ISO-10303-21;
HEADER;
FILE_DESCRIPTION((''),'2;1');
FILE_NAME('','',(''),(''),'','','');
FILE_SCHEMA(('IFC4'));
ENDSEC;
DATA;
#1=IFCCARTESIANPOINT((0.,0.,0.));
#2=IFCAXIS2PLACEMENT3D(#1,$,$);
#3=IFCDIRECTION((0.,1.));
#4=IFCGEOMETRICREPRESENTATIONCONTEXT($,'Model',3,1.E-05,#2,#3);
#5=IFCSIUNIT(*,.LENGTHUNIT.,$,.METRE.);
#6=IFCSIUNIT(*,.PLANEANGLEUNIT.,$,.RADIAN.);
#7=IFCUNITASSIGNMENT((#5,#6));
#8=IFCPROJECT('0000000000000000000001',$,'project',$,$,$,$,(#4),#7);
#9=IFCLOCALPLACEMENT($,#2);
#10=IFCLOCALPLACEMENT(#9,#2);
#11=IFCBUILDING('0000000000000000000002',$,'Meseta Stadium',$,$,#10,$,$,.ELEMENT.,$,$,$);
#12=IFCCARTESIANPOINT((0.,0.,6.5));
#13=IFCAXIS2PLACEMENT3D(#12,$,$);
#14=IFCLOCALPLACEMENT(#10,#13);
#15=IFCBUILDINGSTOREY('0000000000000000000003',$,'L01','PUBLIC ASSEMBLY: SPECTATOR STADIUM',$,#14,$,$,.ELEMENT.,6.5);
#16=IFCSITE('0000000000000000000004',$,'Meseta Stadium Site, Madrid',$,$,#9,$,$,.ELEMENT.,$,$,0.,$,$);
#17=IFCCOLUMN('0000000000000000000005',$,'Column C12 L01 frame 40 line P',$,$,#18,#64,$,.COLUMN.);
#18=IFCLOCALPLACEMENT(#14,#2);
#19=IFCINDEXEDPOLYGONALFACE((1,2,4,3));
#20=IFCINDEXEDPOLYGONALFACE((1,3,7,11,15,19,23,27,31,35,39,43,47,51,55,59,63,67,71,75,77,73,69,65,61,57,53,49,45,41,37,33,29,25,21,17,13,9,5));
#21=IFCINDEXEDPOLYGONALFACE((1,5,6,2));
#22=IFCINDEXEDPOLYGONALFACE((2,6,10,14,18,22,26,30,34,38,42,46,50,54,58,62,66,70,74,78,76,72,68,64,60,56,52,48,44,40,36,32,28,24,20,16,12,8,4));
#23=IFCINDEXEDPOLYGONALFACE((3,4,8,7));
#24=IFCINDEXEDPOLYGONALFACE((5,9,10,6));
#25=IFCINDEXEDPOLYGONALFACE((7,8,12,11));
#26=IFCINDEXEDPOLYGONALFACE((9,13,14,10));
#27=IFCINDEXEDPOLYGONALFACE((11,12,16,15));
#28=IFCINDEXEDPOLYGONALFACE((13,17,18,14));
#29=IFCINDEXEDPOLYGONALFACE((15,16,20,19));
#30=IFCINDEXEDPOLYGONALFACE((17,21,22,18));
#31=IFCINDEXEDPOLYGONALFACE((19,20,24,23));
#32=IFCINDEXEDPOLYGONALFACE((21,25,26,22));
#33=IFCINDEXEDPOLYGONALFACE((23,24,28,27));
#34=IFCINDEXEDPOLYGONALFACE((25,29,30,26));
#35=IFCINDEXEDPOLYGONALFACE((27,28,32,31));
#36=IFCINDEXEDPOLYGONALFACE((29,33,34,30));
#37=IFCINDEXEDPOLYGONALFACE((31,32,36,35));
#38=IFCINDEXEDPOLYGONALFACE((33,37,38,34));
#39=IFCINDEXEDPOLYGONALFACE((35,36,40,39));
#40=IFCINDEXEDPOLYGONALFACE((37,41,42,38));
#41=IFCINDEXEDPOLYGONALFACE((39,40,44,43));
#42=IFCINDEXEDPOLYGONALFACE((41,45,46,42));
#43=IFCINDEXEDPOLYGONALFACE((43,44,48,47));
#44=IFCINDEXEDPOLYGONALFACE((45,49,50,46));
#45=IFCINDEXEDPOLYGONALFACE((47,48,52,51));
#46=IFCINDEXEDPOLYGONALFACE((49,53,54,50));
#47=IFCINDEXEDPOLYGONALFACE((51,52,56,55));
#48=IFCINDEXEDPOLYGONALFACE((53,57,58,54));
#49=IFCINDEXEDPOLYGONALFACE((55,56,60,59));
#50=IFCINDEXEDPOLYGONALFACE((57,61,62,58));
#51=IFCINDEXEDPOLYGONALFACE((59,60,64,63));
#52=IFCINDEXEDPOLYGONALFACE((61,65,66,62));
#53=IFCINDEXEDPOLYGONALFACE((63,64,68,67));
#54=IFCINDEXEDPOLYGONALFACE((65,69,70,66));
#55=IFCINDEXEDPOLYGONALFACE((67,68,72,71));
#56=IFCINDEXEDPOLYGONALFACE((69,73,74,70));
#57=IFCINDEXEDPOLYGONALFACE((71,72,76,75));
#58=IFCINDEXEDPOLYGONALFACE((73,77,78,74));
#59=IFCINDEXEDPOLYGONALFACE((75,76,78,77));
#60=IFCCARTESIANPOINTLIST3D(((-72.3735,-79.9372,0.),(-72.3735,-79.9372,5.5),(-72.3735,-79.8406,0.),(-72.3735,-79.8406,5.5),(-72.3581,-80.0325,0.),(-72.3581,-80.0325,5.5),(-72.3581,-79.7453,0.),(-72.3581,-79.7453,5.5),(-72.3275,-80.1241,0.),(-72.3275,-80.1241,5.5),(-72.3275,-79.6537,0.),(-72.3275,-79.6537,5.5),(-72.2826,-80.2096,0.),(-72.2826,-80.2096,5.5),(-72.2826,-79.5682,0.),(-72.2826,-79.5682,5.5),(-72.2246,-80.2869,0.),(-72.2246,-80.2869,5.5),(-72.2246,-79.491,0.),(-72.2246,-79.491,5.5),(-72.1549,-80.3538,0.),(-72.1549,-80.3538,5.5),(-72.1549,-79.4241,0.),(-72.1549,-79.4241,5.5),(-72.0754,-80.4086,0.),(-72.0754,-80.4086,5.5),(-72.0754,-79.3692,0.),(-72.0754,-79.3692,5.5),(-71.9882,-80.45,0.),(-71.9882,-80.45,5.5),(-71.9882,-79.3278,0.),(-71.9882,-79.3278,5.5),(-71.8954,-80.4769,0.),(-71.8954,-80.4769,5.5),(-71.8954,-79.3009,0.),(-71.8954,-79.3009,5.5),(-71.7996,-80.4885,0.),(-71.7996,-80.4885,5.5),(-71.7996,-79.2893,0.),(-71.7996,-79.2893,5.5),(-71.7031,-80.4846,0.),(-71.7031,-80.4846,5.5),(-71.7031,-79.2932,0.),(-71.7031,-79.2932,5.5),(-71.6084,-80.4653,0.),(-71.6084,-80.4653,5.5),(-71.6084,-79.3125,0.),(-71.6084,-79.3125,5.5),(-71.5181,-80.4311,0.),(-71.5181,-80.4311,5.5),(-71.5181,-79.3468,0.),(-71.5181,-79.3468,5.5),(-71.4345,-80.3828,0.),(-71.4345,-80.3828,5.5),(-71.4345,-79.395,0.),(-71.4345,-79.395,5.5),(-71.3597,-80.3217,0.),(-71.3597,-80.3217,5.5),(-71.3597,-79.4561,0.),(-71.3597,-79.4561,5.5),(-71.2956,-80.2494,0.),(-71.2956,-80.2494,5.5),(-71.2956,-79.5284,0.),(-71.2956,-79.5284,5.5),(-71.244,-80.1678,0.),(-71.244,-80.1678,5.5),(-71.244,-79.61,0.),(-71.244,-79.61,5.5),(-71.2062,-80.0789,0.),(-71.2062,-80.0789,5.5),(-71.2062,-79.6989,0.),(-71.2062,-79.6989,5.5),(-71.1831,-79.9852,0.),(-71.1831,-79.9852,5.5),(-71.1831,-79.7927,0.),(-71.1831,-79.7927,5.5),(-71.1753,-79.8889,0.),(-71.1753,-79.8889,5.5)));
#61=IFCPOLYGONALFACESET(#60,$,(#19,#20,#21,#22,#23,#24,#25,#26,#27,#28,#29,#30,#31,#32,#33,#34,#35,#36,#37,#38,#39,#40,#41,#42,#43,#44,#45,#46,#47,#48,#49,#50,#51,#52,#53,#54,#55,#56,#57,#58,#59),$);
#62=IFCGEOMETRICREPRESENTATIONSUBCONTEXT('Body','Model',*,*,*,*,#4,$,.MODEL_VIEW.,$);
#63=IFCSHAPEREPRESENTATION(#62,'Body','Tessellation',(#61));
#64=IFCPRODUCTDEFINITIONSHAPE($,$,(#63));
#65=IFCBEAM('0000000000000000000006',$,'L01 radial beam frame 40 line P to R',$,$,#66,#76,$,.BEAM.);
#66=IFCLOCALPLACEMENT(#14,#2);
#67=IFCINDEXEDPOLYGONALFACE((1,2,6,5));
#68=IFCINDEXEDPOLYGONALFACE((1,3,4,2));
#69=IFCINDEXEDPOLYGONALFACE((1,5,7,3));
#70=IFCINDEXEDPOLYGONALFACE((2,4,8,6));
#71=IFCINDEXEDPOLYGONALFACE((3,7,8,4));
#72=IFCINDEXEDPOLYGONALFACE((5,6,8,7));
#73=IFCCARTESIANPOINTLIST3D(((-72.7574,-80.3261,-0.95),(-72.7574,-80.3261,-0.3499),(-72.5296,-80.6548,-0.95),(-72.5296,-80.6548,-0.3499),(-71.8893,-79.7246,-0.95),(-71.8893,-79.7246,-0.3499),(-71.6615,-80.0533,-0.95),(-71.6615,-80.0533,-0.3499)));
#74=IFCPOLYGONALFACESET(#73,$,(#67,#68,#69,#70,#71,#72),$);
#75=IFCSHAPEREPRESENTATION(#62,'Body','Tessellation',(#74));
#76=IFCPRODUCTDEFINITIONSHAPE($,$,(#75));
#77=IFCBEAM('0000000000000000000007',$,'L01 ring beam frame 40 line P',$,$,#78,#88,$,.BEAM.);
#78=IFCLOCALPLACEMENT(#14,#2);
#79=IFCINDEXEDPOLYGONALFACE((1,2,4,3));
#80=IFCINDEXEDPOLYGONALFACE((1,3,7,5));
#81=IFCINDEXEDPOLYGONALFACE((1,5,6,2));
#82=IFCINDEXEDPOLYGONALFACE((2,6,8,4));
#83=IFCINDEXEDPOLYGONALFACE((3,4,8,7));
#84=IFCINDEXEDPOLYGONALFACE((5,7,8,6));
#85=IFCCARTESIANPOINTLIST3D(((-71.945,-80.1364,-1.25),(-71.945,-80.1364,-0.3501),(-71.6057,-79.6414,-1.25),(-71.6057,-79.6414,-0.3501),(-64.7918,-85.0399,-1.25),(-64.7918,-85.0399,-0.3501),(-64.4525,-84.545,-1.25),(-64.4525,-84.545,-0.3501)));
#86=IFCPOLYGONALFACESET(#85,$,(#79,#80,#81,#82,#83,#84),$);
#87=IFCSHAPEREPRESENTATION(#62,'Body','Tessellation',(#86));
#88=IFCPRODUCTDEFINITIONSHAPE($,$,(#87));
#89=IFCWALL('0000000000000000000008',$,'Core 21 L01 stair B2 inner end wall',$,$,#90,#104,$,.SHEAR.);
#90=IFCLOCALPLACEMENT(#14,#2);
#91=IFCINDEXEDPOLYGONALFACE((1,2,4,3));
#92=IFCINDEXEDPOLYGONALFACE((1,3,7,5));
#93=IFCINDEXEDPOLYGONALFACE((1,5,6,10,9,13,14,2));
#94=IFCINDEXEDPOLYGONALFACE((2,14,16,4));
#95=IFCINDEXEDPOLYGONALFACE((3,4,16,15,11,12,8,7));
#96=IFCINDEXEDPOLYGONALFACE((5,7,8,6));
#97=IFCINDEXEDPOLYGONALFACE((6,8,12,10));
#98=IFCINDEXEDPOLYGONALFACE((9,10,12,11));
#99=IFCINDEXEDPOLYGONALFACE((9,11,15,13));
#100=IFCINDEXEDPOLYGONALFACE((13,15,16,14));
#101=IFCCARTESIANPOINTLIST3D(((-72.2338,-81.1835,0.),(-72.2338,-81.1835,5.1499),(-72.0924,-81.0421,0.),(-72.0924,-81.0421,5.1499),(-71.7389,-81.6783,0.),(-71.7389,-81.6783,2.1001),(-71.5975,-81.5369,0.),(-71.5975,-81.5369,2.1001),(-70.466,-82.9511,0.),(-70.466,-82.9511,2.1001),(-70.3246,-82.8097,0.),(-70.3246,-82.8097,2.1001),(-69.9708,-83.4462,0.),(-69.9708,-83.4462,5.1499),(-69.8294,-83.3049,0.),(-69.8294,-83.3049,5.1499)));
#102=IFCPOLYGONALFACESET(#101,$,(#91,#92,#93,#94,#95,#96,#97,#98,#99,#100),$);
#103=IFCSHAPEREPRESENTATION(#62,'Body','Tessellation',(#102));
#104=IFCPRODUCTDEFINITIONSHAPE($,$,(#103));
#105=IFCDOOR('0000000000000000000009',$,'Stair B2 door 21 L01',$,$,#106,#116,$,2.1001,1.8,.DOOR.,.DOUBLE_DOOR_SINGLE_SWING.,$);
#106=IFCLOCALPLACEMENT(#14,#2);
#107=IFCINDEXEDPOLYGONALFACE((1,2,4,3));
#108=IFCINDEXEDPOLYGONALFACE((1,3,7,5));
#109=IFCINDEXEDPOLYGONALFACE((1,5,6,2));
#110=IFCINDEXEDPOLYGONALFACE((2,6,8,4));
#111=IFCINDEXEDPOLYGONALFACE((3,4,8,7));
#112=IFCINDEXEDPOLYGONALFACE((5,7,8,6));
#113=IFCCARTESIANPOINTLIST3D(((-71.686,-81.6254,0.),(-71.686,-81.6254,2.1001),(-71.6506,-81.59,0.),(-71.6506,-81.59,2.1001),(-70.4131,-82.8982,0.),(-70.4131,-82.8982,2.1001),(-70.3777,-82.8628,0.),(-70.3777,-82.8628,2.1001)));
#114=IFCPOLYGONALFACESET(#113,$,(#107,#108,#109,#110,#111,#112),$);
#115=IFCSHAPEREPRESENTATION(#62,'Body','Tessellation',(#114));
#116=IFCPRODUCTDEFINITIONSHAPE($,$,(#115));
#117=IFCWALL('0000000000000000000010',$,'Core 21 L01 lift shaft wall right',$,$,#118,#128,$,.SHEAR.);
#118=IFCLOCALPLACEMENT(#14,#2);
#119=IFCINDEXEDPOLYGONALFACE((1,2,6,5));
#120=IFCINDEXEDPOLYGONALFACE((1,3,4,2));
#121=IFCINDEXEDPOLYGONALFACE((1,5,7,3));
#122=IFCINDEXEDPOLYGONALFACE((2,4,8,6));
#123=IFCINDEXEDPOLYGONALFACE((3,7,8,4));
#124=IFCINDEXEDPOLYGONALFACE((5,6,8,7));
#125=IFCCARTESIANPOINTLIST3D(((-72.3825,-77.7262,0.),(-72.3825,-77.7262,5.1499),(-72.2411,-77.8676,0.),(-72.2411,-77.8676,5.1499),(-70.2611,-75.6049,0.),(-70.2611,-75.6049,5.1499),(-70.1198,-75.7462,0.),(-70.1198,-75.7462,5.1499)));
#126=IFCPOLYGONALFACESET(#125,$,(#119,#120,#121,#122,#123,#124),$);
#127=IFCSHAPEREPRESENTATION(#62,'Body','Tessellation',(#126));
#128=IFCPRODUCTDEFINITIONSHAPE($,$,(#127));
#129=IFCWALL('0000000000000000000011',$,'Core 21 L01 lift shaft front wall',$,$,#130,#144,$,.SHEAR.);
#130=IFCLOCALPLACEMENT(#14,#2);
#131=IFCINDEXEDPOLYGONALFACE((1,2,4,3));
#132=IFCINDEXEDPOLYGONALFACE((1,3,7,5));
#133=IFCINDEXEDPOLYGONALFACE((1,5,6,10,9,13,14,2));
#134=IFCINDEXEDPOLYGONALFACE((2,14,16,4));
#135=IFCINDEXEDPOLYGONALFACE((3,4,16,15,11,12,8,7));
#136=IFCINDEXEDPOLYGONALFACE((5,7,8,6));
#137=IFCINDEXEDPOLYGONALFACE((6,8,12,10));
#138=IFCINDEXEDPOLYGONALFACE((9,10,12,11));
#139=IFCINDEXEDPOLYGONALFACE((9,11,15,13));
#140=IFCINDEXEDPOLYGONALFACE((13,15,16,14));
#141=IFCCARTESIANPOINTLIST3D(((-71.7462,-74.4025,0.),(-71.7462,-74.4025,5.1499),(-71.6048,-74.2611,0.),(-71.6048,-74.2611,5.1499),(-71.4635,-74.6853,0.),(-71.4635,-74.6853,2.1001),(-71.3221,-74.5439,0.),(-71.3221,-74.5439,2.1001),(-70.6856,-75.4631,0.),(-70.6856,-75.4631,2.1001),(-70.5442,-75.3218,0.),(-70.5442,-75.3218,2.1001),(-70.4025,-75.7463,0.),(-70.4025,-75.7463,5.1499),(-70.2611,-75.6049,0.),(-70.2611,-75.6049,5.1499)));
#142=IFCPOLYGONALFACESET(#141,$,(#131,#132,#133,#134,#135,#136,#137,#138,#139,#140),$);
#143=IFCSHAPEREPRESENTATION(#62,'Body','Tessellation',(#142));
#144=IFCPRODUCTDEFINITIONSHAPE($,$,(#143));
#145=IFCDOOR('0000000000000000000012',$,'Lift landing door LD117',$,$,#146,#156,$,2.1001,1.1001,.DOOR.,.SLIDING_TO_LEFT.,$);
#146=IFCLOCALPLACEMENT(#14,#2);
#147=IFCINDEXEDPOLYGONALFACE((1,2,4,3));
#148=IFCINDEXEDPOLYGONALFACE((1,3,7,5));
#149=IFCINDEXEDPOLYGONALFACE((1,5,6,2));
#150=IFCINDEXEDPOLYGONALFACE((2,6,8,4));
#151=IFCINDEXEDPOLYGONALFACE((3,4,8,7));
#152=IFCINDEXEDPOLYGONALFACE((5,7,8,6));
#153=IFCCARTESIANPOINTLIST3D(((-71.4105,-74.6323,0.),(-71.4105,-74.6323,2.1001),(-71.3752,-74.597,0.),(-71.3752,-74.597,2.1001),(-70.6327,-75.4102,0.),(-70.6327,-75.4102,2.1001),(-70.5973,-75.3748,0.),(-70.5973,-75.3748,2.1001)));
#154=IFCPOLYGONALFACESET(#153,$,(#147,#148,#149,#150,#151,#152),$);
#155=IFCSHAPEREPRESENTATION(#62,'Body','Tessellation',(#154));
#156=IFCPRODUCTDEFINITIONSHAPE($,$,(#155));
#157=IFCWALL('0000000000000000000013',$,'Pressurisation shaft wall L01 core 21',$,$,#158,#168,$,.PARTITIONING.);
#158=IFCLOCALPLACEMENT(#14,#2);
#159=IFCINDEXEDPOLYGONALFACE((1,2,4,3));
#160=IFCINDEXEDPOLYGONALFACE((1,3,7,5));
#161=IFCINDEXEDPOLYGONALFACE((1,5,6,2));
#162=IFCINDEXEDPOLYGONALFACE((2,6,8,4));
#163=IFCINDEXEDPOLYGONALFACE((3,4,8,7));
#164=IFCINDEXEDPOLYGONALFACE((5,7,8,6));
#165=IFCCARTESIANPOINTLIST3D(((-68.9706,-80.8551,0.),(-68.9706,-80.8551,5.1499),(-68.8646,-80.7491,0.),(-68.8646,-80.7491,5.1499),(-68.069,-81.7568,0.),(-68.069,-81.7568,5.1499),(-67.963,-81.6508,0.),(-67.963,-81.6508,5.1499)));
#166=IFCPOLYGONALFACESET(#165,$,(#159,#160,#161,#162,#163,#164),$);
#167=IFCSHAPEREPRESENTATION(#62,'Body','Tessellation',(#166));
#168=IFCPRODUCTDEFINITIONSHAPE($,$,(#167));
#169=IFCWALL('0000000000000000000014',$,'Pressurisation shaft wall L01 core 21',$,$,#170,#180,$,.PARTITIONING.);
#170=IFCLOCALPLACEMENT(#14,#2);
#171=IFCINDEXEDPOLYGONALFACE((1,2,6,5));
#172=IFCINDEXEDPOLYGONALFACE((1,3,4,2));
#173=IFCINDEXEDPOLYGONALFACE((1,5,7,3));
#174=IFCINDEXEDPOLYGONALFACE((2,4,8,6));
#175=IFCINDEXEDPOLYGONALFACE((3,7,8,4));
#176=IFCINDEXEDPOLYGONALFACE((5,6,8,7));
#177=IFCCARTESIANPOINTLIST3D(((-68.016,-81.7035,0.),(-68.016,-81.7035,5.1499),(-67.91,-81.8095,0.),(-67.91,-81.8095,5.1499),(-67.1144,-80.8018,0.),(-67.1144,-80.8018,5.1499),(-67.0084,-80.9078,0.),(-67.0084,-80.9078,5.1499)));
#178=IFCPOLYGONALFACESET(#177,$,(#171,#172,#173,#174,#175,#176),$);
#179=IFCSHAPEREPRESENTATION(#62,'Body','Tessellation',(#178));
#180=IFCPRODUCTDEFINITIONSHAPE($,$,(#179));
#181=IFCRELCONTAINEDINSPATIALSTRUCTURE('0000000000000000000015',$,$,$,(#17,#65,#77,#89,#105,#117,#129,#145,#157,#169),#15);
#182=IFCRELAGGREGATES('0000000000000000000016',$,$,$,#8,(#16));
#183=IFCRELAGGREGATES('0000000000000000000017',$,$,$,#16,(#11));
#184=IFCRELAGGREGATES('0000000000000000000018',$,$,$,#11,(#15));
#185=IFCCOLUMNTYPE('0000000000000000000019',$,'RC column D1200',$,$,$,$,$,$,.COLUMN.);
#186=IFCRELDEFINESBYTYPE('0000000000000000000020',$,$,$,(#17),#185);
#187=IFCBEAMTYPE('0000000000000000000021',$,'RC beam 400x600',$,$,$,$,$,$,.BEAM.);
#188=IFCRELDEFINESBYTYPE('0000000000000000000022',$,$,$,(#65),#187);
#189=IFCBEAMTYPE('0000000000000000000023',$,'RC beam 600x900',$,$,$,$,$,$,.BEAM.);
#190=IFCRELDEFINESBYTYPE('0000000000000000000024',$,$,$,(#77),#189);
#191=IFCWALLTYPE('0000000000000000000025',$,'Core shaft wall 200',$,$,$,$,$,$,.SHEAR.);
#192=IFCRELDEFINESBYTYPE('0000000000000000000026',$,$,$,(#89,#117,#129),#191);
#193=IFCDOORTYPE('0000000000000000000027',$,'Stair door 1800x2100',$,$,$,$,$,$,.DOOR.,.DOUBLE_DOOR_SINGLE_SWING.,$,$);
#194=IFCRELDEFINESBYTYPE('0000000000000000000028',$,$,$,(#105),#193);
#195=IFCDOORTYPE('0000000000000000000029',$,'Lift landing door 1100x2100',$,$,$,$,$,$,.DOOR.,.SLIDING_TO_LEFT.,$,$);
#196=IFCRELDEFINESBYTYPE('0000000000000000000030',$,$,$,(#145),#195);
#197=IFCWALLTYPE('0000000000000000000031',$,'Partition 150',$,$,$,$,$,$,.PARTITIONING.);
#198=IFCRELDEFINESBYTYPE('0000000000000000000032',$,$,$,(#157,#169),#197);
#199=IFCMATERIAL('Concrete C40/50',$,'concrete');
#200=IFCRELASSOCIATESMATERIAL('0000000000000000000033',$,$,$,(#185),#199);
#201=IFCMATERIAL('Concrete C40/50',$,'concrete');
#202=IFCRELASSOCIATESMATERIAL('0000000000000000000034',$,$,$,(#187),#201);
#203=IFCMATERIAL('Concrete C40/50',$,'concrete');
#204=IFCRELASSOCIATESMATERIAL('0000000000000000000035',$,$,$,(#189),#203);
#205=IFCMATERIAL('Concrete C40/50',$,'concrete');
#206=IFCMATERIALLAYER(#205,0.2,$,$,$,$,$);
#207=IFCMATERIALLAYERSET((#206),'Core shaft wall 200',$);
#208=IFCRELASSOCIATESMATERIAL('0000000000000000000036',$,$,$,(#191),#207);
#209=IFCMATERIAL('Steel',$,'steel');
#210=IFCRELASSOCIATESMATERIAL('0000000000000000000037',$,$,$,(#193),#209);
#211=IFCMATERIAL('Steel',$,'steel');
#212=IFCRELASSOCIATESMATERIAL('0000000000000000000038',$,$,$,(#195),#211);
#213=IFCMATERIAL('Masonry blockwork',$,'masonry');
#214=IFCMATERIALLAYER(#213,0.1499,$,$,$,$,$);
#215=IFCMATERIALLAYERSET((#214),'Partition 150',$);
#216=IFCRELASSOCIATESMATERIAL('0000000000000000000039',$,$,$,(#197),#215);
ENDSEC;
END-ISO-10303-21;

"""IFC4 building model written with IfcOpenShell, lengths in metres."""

from ifc_helpers import new_model, si_unit, direction, frame, frame_2d, origin, origin_2d, place, context, subcontext, project, spatial, rectangle, circle, extrude, material, layer, layer_set, material_profile, profile_set, type_object, element, fill, save


model = new_model("IFC4")

# Units and contexts
model_context = context("Model", 3, precision=1e-05, world=origin(), true_north=direction((0.0, 1.0)))
body_context = subcontext(model_context, "Body", "Model", "MODEL_VIEW")
ifc_project = project(units=[si_unit("LENGTHUNIT", "METRE"), si_unit("PLANEANGLEUNIT", "RADIAN")], contexts=[model_context])

# Site, building, storey
site_placement = place(None, origin())
site = spatial("IfcSite", under=ifc_project, at=site_placement, Name="Meseta Stadium Site, Madrid", CompositionType="ELEMENT", RefElevation=0.0)
building_placement = place(site_placement, origin())
building = spatial("IfcBuilding", under=site, at=building_placement, Name="Meseta Stadium", CompositionType="ELEMENT")
storey_placement = place(building_placement, frame((0.0, 0.0, 6.5)))
storey = spatial("IfcBuildingStorey", under=building, at=storey_placement, Name="L01", Description="PUBLIC ASSEMBLY: SPECTATOR STADIUM", CompositionType="ELEMENT", Elevation=6.5)

# Column
ifc_material_1 = material(Name="Concrete C40/50", Category="concrete")
ifc_material_profile_1 = material_profile(ifc_material_1, circle(Radius=0.6001, at=origin_2d()), Name="RC D1200")
ifc_profile_set_1 = profile_set([ifc_material_profile_1], Name="Concrete C40/50")
column_type = type_object("IfcColumnType", Name="RC column D1200", PredefinedType="COLUMN", material=ifc_profile_set_1)
column_placement = place(storey_placement, frame((-71.7754, -79.8889, 0.0), z_axis=(0.0, 0.0, 1.0), x_axis=(1.0, 0.0, 0.0)))
element("IfcColumn", 1, at=column_placement, inside=storey, type_object=column_type, Name="Column C12 L01 frame 40 line P", PredefinedType="COLUMN", context=body_context, shape_type="SweptSolid", body=[
    extrude(circle(Radius=0.6001, at=origin_2d()), origin(), (0.0, 0.0, 1.0), 5.5),
])

# Beams
ifc_material_2 = material(Name="Concrete C40/50", Category="concrete")
ifc_material_profile_2 = material_profile(ifc_material_2, rectangle(XDim=0.3999, YDim=0.6001, at=origin_2d()), Name="RC 400x600")
ifc_profile_set_2 = profile_set([ifc_material_profile_2], Name="Concrete C40/50")
beam_type_1 = type_object("IfcBeamType", Name="RC beam 400x600", PredefinedType="BEAM", material=ifc_profile_set_2)
beam_1_placement = place(storey_placement, frame((-71.7754, -79.8889, -0.6499), z_axis=(-0.821959, -0.569546, 0.0), x_axis=(0.569546, -0.821959, 0.0)))
element("IfcBeam", 2, at=beam_1_placement, inside=storey, type_object=beam_type_1, Name="L01 radial beam frame 40 line P to R", PredefinedType="BEAM", context=body_context, shape_type="SweptSolid", body=[
    extrude(rectangle(XDim=0.3999, YDim=0.6001, at=origin_2d()), origin(), (0.0, 0.0, 1.0), 1.0562),
])
ifc_material_3 = material(Name="Concrete C40/50", Category="concrete")
ifc_material_profile_3 = material_profile(ifc_material_3, rectangle(XDim=0.6001, YDim=0.8999, at=origin_2d()), Name="RC 600x900")
ifc_profile_set_3 = profile_set([ifc_material_profile_3], Name="Concrete C40/50")
beam_type_2 = type_object("IfcBeamType", Name="RC beam 600x900", PredefinedType="BEAM", material=ifc_profile_set_3)
beam_2_placement = place(storey_placement, frame((-71.7754, -79.8889, -0.8), z_axis=(0.824813, -0.565405, 0.0), x_axis=(0.565405, 0.824813, 0.0)))
element("IfcBeam", 3, at=beam_2_placement, inside=storey, type_object=beam_type_2, Name="L01 ring beam frame 40 line P", PredefinedType="BEAM", context=body_context, shape_type="SweptSolid", body=[
    extrude(rectangle(XDim=0.6001, YDim=0.8999, at=origin_2d()), origin(), (0.0, 0.0, 1.0), 8.6726),
])

# Wall, opening, door
ifc_material_4 = material(Name="Concrete C40/50", Category="concrete")
ifc_layer_1 = layer(ifc_material_4, 0.2)
ifc_layer_set_1 = layer_set([ifc_layer_1], Name="Core shaft wall 200")
wall_type_1 = type_object("IfcWallType", Name="Core shaft wall 200", PredefinedType="SHEAR", material=ifc_layer_set_1)
wall_1_placement = place(storey_placement, frame((-72.1631, -81.1128, 0.0), z_axis=(0.0, 0.0, 1.0), x_axis=(0.707145, -0.707069, 0.0)))
wall_1 = element("IfcWall", 4, at=wall_1_placement, inside=storey, type_object=wall_type_1, Name="Core 21 L01 stair B2 inner end wall", PredefinedType="SHEAR", context=body_context, shape_type="SweptSolid", body=[
    extrude(rectangle(XDim=3.2002, YDim=0.2, at=frame_2d((1.6001, 0.0))), origin(), (0.0, 0.0, 1.0), 5.1499),
])
opening_1_placement = place(wall_1_placement, frame((0.7, 0.0, 0.0)))
opening_1 = element("IfcOpeningElement", 5, at=opening_1_placement, cuts=wall_1, PredefinedType="OPENING", context=body_context, shape_type="SweptSolid", body=[
    extrude(rectangle(XDim=1.8, YDim=2.1001, at=frame_2d((0.8999, 1.05))), frame((0.0, 0.1099, 0.0), z_axis=(0.0, -1.0, 0.0), x_axis=(1.0, 0.0, 0.0)), (0.0, 0.0, 1.0), 0.22),
])
ifc_material_5 = material(Name="Steel", Category="steel")
door_type_1 = type_object("IfcDoorType", Name="Stair door 1800x2100", OperationType="DOUBLE_DOOR_SINGLE_SWING", PredefinedType="DOOR", material=ifc_material_5)
door_1_placement = place(opening_1_placement, origin())
door_1 = element("IfcDoor", 6, at=door_1_placement, inside=storey, type_object=door_type_1, Name="Stair B2 door 21 L01", OperationType="DOUBLE_DOOR_SINGLE_SWING", OverallHeight=2.1001, OverallWidth=1.8, PredefinedType="DOOR", context=body_context, shape_type="SweptSolid", body=[
    extrude(rectangle(XDim=1.8, YDim=2.1001, at=frame_2d((0.8999, 1.05))), frame((0.0, 0.0249, 0.0), z_axis=(0.0, -1.0, 0.0), x_axis=(1.0, 0.0, 0.0)), (0.0, 0.0, 1.0), 0.05),
])
fill(opening_1, door_1)

# Wall
wall_2_placement = place(storey_placement, frame((-72.3118, -77.7969, 0.0), z_axis=(0.0, 0.0, 1.0), x_axis=(0.707107, 0.707107, 0.0)))
element("IfcWall", 7, at=wall_2_placement, inside=storey, type_object=wall_type_1, Name="Core 21 L01 lift shaft wall right", PredefinedType="SHEAR", context=body_context, shape_type="SweptSolid", body=[
    extrude(rectangle(XDim=3.0, YDim=0.2, at=frame_2d((1.5, 0.0))), origin(), (0.0, 0.0, 1.0), 5.1499),
])

# Wall, opening, door
wall_3_placement = place(storey_placement, frame((-71.6755, -74.3318, 0.0), z_axis=(0.0, 0.0, 1.0), x_axis=(0.707107, -0.707107, 0.0)))
wall_3 = element("IfcWall", 8, at=wall_3_placement, inside=storey, type_object=wall_type_1, Name="Core 21 L01 lift shaft front wall", PredefinedType="SHEAR", context=body_context, shape_type="SweptSolid", body=[
    extrude(rectangle(XDim=1.9004, YDim=0.2, at=frame_2d((0.9502, 0.0))), origin(), (0.0, 0.0, 1.0), 5.1499),
])
opening_2_placement = place(wall_3_placement, frame((0.3999, 0.0, 0.0)))
opening_2 = element("IfcOpeningElement", 9, at=opening_2_placement, cuts=wall_3, PredefinedType="OPENING", context=body_context, shape_type="SweptSolid", body=[
    extrude(rectangle(XDim=1.1001, YDim=2.1001, at=frame_2d((0.55, 1.05))), frame((0.0, 0.1099, 0.0), z_axis=(0.0, -1.0, 0.0), x_axis=(1.0, 0.0, 0.0)), (0.0, 0.0, 1.0), 0.22),
])
ifc_material_6 = material(Name="Steel", Category="steel")
door_type_2 = type_object("IfcDoorType", Name="Lift landing door 1100x2100", OperationType="SLIDING_TO_LEFT", PredefinedType="DOOR", material=ifc_material_6)
door_2_placement = place(opening_2_placement, origin())
door_2 = element("IfcDoor", 10, at=door_2_placement, inside=storey, type_object=door_type_2, Name="Lift landing door LD117", OperationType="SLIDING_TO_LEFT", OverallHeight=2.1001, OverallWidth=1.1001, PredefinedType="DOOR", context=body_context, shape_type="SweptSolid", body=[
    extrude(rectangle(XDim=1.1001, YDim=2.1001, at=frame_2d((0.55, 1.05))), frame((0.0, 0.0249, 0.0), z_axis=(0.0, -1.0, 0.0), x_axis=(1.0, 0.0, 0.0)), (0.0, 0.0, 1.0), 0.05),
])
fill(opening_2, door_2)

# Walls
ifc_material_7 = material(Name="Masonry blockwork", Category="masonry")
ifc_layer_2 = layer(ifc_material_7, 0.1499)
ifc_layer_set_2 = layer_set([ifc_layer_2], Name="Partition 150")
wall_type_2 = type_object("IfcWallType", Name="Partition 150", PredefinedType="PARTITIONING", material=ifc_layer_set_2)
for number, where, z_axis, x_axis, name in (
    (11, (-68.9177, -80.802, 0.0), (0.0, 0.0, 1.0), (0.707107, -0.707107, 0.0), "Pressurisation shaft wall L01 core 21"),
    (12, (-67.9631, -81.7566, 0.0), (0.0, 0.0, 1.0), (0.707107, 0.707107, 0.0), "Pressurisation shaft wall L01 core 21"),
):
    element("IfcWall", number, at=place(storey_placement, frame(where, z_axis=z_axis, x_axis=x_axis)), inside=storey, type_object=wall_type_2, Name=name, PredefinedType="PARTITIONING", context=body_context, shape_type="SweptSolid", body=[
        extrude(rectangle(XDim=1.2751, YDim=0.1499, at=frame_2d((0.6377, 0.0))), origin(), (0.0, 0.0, 1.0), 5.1499),
    ])

save(model, "model.ifc")
